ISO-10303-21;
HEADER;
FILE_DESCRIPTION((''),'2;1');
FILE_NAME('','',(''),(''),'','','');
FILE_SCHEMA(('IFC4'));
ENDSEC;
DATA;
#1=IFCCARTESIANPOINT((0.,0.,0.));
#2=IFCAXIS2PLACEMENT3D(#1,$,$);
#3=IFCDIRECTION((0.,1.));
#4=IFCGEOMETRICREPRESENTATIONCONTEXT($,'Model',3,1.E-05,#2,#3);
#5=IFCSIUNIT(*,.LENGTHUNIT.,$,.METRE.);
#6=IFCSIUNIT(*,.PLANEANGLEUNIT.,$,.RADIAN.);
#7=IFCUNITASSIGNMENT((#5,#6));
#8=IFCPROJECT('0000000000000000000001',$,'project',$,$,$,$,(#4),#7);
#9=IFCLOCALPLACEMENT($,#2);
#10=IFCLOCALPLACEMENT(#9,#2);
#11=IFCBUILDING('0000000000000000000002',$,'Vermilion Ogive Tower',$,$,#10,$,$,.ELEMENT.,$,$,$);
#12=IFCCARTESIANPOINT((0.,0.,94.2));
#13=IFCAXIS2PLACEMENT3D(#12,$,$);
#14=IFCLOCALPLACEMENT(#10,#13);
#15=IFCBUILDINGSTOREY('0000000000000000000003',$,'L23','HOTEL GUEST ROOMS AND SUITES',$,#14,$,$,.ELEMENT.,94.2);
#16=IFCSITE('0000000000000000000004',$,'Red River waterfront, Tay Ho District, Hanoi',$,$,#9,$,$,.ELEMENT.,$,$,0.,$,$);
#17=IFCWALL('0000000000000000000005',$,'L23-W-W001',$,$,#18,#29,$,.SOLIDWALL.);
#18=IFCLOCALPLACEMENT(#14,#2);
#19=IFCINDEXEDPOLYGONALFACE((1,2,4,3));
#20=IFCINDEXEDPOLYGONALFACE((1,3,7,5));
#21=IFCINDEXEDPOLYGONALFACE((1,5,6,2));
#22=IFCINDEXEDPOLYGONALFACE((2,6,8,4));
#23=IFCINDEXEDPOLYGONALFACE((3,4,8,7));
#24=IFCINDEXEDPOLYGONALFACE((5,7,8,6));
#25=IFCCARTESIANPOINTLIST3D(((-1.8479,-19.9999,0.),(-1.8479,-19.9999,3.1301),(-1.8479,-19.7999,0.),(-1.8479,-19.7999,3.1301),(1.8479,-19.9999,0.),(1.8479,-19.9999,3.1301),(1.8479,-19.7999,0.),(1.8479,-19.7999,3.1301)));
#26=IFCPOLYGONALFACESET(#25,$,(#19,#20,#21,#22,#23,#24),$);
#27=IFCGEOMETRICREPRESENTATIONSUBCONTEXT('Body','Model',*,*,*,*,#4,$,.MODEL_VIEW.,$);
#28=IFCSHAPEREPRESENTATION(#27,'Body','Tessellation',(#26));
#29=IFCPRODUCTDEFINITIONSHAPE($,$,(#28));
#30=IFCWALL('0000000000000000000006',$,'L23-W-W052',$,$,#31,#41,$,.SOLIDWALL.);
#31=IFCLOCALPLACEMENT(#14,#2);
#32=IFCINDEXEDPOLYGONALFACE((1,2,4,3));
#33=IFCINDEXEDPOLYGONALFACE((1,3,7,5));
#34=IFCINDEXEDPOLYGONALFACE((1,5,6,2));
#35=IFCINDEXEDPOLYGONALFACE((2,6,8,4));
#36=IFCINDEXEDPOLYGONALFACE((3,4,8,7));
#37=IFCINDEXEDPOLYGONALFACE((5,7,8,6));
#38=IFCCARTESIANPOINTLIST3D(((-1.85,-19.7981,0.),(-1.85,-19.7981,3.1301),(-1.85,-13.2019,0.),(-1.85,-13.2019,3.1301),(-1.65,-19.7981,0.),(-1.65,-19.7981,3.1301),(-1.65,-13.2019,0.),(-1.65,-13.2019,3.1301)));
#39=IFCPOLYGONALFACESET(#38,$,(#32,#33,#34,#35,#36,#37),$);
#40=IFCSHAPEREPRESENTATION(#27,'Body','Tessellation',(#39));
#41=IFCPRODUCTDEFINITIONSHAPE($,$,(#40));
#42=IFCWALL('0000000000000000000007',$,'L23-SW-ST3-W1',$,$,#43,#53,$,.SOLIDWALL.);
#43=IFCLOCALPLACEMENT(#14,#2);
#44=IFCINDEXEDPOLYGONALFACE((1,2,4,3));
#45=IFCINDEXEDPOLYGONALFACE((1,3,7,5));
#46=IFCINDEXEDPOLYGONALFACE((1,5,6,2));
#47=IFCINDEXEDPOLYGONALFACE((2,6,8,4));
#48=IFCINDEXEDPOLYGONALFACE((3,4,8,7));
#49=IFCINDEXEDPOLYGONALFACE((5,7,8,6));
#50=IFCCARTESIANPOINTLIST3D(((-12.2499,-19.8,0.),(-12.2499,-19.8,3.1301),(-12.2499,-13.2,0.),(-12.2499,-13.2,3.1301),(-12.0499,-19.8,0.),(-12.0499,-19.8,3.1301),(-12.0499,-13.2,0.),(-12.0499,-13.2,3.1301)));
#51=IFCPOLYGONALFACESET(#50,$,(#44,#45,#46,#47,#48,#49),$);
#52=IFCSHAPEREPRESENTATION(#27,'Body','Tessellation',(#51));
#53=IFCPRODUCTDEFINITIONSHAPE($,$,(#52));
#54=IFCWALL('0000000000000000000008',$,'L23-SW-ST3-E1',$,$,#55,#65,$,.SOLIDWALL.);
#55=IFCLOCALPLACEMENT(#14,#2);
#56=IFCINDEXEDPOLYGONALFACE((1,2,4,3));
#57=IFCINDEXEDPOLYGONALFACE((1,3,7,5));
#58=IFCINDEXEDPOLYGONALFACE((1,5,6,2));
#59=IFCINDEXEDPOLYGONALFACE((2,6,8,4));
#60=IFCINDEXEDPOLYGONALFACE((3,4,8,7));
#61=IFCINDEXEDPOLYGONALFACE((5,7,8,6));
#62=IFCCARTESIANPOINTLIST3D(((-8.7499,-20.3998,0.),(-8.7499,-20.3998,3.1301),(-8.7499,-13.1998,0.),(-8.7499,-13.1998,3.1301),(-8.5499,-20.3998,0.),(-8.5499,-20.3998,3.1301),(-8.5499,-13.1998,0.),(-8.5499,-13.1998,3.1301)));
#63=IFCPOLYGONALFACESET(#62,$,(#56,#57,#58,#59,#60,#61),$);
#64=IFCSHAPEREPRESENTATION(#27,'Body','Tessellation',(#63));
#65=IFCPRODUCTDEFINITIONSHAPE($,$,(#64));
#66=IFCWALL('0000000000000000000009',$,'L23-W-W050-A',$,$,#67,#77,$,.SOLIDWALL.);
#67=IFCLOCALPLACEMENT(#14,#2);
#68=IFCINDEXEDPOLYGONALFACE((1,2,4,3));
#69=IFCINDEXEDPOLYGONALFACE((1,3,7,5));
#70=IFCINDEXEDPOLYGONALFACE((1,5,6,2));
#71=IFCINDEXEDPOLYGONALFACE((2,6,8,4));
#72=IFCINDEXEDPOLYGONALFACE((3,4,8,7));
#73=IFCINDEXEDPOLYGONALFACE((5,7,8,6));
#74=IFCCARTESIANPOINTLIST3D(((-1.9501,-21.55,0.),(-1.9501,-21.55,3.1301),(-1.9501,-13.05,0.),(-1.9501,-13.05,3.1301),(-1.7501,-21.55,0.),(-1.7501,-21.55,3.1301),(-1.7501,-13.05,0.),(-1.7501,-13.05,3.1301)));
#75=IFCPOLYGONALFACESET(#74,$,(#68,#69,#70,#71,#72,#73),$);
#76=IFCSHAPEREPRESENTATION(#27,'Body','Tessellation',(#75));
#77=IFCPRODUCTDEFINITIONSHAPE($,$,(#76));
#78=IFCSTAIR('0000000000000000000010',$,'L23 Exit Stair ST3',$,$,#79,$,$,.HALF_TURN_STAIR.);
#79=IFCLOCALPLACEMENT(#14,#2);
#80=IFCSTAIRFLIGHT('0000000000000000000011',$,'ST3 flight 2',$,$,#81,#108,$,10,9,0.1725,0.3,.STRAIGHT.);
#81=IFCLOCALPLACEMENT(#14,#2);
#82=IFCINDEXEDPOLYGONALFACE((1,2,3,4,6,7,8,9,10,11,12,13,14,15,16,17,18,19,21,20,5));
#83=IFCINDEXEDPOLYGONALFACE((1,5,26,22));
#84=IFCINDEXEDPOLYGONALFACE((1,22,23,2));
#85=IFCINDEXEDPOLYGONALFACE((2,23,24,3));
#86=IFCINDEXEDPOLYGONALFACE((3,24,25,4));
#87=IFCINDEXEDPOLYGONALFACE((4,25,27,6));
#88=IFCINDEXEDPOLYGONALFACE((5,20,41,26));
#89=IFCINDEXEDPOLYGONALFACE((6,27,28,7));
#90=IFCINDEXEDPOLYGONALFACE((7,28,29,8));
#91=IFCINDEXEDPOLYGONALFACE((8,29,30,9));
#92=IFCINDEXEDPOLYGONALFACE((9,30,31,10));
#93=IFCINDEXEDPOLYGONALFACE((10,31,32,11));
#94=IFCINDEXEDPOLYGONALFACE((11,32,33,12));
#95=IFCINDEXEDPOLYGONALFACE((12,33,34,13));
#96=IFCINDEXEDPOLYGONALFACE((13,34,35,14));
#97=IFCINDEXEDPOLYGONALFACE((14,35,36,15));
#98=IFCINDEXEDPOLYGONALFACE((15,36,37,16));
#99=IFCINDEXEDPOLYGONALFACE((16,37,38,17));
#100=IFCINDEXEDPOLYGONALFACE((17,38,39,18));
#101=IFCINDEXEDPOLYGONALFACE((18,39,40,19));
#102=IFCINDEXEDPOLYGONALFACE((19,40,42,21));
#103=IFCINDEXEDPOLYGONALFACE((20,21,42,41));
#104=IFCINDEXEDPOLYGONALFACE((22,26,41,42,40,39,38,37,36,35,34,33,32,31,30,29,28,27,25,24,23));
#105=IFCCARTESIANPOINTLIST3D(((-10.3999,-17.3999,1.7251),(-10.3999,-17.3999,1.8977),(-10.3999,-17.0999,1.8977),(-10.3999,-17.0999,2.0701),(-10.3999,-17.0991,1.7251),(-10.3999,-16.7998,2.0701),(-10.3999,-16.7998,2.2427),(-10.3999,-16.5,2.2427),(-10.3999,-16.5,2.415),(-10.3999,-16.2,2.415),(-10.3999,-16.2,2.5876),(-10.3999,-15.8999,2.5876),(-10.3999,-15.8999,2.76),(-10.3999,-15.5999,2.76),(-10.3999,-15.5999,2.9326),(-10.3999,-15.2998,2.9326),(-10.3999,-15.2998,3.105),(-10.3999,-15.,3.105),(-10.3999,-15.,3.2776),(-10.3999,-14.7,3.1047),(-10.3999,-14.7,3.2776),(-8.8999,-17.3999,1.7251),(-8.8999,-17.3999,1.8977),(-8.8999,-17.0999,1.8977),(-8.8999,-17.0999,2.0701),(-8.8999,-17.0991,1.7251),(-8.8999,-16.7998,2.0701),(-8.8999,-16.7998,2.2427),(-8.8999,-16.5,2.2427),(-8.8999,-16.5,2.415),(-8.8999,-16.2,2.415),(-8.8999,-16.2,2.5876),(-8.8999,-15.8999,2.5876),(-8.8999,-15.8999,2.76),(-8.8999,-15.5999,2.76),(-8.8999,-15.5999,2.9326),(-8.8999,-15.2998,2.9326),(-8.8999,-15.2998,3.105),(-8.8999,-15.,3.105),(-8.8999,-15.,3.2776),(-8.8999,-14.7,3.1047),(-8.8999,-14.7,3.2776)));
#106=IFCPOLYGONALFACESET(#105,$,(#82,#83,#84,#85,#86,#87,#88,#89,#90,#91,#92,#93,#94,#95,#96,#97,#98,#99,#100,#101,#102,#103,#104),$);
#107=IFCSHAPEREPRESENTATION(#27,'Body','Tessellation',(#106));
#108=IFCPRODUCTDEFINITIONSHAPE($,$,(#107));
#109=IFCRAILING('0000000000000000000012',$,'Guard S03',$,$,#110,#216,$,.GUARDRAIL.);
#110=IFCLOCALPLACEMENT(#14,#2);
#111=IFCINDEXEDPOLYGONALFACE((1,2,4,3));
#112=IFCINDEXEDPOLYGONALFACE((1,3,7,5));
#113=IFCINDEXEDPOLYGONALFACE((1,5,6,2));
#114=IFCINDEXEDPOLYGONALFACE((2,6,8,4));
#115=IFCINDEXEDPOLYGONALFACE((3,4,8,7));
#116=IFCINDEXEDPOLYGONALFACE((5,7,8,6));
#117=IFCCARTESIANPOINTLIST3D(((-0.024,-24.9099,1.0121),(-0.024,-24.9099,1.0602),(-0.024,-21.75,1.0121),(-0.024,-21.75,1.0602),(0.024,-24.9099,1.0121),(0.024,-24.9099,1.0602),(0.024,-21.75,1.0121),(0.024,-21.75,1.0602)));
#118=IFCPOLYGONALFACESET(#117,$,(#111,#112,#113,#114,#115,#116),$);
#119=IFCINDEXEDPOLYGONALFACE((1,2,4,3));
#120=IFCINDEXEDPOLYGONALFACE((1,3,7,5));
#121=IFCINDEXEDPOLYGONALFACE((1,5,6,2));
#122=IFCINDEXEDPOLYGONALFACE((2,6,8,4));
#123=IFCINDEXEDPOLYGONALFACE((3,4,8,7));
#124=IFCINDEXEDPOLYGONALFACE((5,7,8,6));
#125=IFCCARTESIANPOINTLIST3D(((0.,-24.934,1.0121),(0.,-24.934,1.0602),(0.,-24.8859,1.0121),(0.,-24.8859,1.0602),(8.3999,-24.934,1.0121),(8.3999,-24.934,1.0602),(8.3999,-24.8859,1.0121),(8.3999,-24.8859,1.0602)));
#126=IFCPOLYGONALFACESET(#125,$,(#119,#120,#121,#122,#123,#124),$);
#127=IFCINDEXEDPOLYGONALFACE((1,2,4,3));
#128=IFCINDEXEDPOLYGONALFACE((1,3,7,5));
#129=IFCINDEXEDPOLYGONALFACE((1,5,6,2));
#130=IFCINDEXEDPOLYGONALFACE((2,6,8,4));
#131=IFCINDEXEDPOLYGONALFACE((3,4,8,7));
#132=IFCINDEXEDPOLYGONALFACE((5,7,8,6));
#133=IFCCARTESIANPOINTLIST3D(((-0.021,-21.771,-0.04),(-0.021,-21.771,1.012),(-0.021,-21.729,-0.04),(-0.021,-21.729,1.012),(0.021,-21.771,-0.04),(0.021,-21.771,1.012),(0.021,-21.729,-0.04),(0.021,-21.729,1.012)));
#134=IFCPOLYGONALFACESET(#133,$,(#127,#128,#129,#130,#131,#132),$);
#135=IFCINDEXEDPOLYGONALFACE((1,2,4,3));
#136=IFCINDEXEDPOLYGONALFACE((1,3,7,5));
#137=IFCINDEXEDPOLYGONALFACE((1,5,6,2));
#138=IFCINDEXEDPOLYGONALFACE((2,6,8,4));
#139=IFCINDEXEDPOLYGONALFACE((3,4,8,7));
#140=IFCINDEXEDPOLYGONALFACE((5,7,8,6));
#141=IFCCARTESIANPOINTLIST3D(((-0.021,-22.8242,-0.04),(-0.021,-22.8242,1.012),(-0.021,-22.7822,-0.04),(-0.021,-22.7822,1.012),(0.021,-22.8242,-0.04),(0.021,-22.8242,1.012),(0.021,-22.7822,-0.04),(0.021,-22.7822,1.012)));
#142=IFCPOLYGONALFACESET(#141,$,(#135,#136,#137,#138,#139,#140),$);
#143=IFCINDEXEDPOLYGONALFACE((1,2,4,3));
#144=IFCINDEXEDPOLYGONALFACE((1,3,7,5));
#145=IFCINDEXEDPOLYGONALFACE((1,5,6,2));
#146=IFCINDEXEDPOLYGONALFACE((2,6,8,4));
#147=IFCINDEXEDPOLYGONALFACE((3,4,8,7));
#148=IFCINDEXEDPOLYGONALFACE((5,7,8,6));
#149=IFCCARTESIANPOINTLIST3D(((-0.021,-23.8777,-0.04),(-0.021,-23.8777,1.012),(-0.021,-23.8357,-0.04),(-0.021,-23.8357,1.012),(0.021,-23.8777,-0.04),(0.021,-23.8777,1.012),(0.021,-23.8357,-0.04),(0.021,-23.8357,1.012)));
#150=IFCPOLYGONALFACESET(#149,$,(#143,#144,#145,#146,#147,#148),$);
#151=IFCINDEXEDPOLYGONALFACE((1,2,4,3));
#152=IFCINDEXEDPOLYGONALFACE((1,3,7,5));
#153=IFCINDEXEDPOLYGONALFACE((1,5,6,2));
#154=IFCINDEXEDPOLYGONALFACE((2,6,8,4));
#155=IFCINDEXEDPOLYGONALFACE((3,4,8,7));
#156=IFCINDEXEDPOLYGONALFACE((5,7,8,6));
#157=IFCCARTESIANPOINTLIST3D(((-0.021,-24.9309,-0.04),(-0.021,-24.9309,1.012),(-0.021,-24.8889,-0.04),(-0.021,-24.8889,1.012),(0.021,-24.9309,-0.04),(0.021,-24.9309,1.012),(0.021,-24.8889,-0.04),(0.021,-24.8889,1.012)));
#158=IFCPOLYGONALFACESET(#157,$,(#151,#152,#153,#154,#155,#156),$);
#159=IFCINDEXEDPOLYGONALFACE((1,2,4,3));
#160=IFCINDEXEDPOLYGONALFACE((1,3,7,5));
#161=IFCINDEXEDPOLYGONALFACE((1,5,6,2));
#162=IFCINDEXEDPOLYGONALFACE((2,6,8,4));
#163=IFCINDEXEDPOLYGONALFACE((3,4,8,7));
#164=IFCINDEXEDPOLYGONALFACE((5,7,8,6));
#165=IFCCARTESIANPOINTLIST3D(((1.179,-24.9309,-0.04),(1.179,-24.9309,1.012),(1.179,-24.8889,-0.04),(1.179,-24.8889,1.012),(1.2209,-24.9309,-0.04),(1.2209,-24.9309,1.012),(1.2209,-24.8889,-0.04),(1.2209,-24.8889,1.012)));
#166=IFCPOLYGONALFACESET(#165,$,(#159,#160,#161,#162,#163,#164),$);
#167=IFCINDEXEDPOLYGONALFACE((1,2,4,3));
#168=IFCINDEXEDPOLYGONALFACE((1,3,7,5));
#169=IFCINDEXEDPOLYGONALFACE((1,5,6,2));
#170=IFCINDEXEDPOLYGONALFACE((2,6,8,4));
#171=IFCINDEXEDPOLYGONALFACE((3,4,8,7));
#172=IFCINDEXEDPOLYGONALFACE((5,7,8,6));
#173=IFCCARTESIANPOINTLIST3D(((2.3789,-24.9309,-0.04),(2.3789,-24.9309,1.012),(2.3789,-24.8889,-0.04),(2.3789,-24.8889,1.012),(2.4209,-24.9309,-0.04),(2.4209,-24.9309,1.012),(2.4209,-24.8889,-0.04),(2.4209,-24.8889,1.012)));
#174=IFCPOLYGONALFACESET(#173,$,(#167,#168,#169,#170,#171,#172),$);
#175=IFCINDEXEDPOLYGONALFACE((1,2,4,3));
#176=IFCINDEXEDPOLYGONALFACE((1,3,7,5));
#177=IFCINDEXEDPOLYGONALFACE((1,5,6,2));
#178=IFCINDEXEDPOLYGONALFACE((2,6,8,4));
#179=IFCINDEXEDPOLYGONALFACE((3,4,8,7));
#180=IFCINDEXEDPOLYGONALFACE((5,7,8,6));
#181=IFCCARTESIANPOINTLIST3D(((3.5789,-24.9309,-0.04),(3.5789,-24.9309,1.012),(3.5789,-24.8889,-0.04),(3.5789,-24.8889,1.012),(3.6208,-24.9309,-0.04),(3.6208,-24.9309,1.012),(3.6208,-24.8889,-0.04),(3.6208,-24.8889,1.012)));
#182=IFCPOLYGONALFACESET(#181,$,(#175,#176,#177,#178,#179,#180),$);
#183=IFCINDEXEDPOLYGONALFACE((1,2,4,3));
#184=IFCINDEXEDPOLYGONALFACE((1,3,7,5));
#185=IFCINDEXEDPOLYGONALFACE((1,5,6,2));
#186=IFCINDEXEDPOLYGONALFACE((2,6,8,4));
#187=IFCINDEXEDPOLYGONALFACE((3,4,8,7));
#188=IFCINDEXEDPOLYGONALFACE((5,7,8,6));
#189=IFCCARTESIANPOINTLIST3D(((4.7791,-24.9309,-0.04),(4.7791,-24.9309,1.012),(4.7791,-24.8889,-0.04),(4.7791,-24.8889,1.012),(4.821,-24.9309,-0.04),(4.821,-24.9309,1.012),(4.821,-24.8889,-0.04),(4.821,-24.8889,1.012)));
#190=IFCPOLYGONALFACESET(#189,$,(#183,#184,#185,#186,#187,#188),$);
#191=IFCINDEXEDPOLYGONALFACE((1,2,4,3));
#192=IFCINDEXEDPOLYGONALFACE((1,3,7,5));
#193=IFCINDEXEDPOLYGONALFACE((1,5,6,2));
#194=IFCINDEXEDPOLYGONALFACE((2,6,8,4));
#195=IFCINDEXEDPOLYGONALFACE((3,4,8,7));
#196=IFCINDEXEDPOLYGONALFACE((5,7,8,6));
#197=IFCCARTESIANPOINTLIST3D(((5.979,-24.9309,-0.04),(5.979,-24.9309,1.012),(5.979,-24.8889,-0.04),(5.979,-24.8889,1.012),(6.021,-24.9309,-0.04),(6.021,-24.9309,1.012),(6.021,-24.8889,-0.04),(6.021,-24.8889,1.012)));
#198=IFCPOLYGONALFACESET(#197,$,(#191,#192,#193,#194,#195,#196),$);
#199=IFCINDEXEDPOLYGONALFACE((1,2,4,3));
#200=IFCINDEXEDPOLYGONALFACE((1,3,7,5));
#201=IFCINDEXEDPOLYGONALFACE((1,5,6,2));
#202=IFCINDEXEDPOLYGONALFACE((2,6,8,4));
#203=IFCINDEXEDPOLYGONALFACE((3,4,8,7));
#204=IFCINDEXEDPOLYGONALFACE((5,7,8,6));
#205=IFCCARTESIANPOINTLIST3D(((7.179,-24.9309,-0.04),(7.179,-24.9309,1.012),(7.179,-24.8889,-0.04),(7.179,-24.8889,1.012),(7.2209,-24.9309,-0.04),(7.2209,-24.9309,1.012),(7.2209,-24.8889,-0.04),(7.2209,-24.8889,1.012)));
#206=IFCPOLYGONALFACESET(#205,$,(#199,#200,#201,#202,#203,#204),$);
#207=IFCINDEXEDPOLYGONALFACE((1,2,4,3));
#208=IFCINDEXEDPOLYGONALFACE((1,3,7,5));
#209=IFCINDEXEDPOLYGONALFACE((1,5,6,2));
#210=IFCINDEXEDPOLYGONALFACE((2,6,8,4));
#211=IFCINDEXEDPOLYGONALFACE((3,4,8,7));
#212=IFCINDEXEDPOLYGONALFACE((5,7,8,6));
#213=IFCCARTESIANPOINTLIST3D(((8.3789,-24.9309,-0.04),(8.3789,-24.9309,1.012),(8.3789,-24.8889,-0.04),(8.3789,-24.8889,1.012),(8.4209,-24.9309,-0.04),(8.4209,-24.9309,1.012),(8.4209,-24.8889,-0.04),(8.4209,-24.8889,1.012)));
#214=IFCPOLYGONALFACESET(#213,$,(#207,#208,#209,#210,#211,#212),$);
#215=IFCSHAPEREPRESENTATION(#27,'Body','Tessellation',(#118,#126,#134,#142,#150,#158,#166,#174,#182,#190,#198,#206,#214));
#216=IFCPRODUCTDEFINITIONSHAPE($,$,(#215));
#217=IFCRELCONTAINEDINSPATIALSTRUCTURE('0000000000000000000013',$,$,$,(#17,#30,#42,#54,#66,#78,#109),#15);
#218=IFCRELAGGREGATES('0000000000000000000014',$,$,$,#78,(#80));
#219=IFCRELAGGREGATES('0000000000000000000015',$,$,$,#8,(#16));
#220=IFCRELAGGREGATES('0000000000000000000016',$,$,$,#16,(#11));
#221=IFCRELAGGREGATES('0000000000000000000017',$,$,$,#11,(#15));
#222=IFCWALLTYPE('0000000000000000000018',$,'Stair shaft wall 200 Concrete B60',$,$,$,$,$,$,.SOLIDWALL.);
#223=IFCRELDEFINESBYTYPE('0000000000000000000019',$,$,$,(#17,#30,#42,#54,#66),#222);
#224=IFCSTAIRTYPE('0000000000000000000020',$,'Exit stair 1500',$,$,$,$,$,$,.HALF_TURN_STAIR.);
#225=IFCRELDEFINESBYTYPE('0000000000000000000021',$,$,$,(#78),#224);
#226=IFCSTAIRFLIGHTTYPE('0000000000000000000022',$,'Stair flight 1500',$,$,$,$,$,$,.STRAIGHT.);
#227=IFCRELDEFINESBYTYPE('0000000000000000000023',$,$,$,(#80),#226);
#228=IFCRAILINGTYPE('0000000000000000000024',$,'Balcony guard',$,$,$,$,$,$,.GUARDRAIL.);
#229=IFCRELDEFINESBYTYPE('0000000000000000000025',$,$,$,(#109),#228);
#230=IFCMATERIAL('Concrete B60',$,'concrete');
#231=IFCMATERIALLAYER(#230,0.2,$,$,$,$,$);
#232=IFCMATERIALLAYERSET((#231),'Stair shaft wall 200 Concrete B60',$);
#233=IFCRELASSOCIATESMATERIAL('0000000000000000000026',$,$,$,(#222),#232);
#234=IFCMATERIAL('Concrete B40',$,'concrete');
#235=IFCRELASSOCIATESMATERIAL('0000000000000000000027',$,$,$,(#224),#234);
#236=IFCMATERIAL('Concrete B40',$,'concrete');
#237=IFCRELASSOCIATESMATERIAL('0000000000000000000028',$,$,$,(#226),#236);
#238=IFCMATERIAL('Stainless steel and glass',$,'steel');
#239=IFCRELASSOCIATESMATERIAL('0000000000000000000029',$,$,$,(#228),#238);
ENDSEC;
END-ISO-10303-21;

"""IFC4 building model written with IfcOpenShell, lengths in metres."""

from ifc_helpers import new_model, si_unit, direction, frame, frame_2d, origin, origin_2d, place, context, subcontext, project, spatial, polyline, rectangle, outline, extrude, material, layer, layer_set, type_object, element, aggregate, save


model = new_model("IFC4")

# Units and contexts
model_context = context("Model", 3, precision=1e-05, world=origin(), true_north=direction((0.0, 1.0)))
body_context = subcontext(model_context, "Body", "Model", "MODEL_VIEW")
ifc_project = project(units=[si_unit("LENGTHUNIT", "METRE"), si_unit("PLANEANGLEUNIT", "RADIAN")], contexts=[model_context])

# Site, building, storey
site_placement = place(None, origin())
site = spatial("IfcSite", under=ifc_project, at=site_placement, Name="Red River waterfront, Tay Ho District, Hanoi", CompositionType="ELEMENT", RefElevation=0.0)
building_placement = place(site_placement, origin())
building = spatial("IfcBuilding", under=site, at=building_placement, Name="Vermilion Ogive Tower", CompositionType="ELEMENT")
storey_placement = place(building_placement, frame((0.0, 0.0, 94.2)))
storey = spatial("IfcBuildingStorey", under=building, at=storey_placement, Name="L23", Description="HOTEL GUEST ROOMS AND SUITES", CompositionType="ELEMENT", Elevation=94.2)

# Walls
ifc_material_1 = material(Name="Concrete B60", Category="concrete")
ifc_layer_1 = layer(ifc_material_1, 0.2)
ifc_layer_set_1 = layer_set([ifc_layer_1], Name="Stair shaft wall 200 Concrete B60")
wall_type = type_object("IfcWallType", Name="Stair shaft wall 200 Concrete B60", PredefinedType="SOLIDWALL", material=ifc_layer_set_1)
wall_1_placement = place(storey_placement, frame((-1.8479, -19.8999, 0.0), z_axis=(0.0, 0.0, 1.0), x_axis=(1.0, 0.0, 0.0)))
element("IfcWall", 1, at=wall_1_placement, inside=storey, type_object=wall_type, Name="L23-W-W001", PredefinedType="SOLIDWALL", context=body_context, shape_type="SweptSolid", body=[
    extrude(rectangle(XDim=3.6958, YDim=0.2, at=frame_2d((1.8479, 0.0))), origin(), (0.0, 0.0, 1.0), 3.1301),
])
wall_2_placement = place(storey_placement, frame((-1.75, -19.7981, 0.0), z_axis=(0.0, 0.0, 1.0), x_axis=(0.0, 1.0, 0.0)))
element("IfcWall", 2, at=wall_2_placement, inside=storey, type_object=wall_type, Name="L23-W-W052", PredefinedType="SOLIDWALL", context=body_context, shape_type="SweptSolid", body=[
    extrude(rectangle(XDim=6.5962, YDim=0.2, at=frame_2d((3.2981, 0.0))), origin(), (0.0, 0.0, 1.0), 3.1301),
])
wall_3_placement = place(storey_placement, frame((-12.1499, -19.8, 0.0), z_axis=(0.0, 0.0, 1.0), x_axis=(0.0, 1.0, 0.0)))
element("IfcWall", 3, at=wall_3_placement, inside=storey, type_object=wall_type, Name="L23-SW-ST3-W1", PredefinedType="SOLIDWALL", context=body_context, shape_type="SweptSolid", body=[
    extrude(rectangle(XDim=6.6001, YDim=0.2, at=frame_2d((3.3, 0.0))), origin(), (0.0, 0.0, 1.0), 3.1301),
])
wall_4_placement = place(storey_placement, frame((-8.6499, -20.3999, 0.0), z_axis=(0.0, 0.0, 1.0), x_axis=(0.0, 1.0, 0.0)))
element("IfcWall", 4, at=wall_4_placement, inside=storey, type_object=wall_type, Name="L23-SW-ST3-E1", PredefinedType="SOLIDWALL", context=body_context, shape_type="SweptSolid", body=[
    extrude(rectangle(XDim=7.2, YDim=0.2, at=frame_2d((3.6001, 0.0))), origin(), (0.0, 0.0, 1.0), 3.1301),
])
wall_5_placement = place(storey_placement, frame((-1.8501, -21.55, 0.0), z_axis=(0.0, 0.0, 1.0), x_axis=(0.0, 1.0, 0.0)))
element("IfcWall", 5, at=wall_5_placement, inside=storey, type_object=wall_type, Name="L23-W-W050-A", PredefinedType="SOLIDWALL", context=body_context, shape_type="SweptSolid", body=[
    extrude(rectangle(XDim=8.5, YDim=0.2, at=frame_2d((4.25, 0.0))), origin(), (0.0, 0.0, 1.0), 3.1301),
])

# Stair, stair flight
ifc_material_2 = material(Name="Concrete B40", Category="concrete")
stair_type = type_object("IfcStairType", Name="Exit stair 1500", PredefinedType="HALF_TURN_STAIR", material=ifc_material_2)
stair_placement = place(storey_placement, origin())
stair = element("IfcStair", 6, at=stair_placement, inside=storey, type_object=stair_type, Name="L23 Exit Stair ST3", PredefinedType="HALF_TURN_STAIR")
ifc_material_3 = material(Name="Concrete B40", Category="concrete")
stair_flight_type = type_object("IfcStairFlightType", Name="Stair flight 1500", PredefinedType="STRAIGHT", material=ifc_material_3)
stair_flight_placement = place(storey_placement, frame((-9.6499, -17.3999, 1.7251), z_axis=(0.0, 0.0, 1.0), x_axis=(0.0, 1.0, 0.0)))
stair_flight = element("IfcStairFlight", 7, at=stair_flight_placement, type_object=stair_flight_type, Name="ST3 flight 2", NumberOfRisers=10, NumberOfTreads=9, PredefinedType="STRAIGHT", RiserHeight=0.1725, TreadLength=0.3, context=body_context, shape_type="SweptSolid", body=[
    extrude(outline(polyline([(0.0, 0.0), (0.0, 0.1726), (0.3, 0.1726), (0.3, 0.345), (0.6001, 0.345), (0.6001, 0.5176), (0.8999, 0.5176), (0.8999, 0.6899), (1.2, 0.6899), (1.2, 0.8625), (1.5, 0.8625), (1.5, 1.0349), (1.8, 1.0349), (1.8, 1.2075), (2.1001, 1.2075), (2.1001, 1.3799), (2.3999, 1.3799), (2.3999, 1.5525), (2.7, 1.5525), (2.7, 1.7251), (2.7, 1.3796), (0.3008, 0.0), (0.0, 0.0)])), frame((0.0, 0.75, 0.0), z_axis=(0.0, -1.0, 0.0), x_axis=(1.0, 0.0, 0.0)), (0.0, 0.0, 1.0), 1.5),
])
aggregate(stair, [stair_flight])

# Railing
ifc_material_4 = material(Name="Stainless steel and glass", Category="steel")
railing_type_1 = type_object("IfcRailingType", Name="Balcony guard", PredefinedType="GUARDRAIL", material=ifc_material_4)
railing_1_placement = place(storey_placement, frame((0.0, -21.75, -0.04)))
element("IfcRailing", 8, at=railing_1_placement, inside=storey, type_object=railing_type_1, Name="Guard S03", PredefinedType="GUARDRAIL", context=body_context, shape_type="SweptSolid", body=[
    extrude(rectangle(XDim=0.0481, YDim=0.0481, at=origin_2d()), frame((0.0, 0.0, 1.0762), z_axis=(0.0, -1.0, 0.0), x_axis=(1.0, 0.0, 0.0)), (0.0, 0.0, 1.0), 3.1599),
    extrude(rectangle(XDim=0.0481, YDim=0.0481, at=origin_2d()), frame((0.0, -3.1599, 1.0762), z_axis=(1.0, 0.0, 0.0), x_axis=(0.0, 1.0, 0.0)), (0.0, 0.0, 1.0), 8.3999),
    extrude(rectangle(XDim=0.042, YDim=0.042, at=origin_2d()), origin(), (0.0, 0.0, 1.0), 1.052),
    extrude(rectangle(XDim=0.042, YDim=0.042, at=origin_2d()), frame((0.0, -1.0532, 0.0)), (0.0, 0.0, 1.0), 1.052),
    extrude(rectangle(XDim=0.042, YDim=0.042, at=origin_2d()), frame((0.0, -2.1067, 0.0)), (0.0, 0.0, 1.0), 1.052),
    extrude(rectangle(XDim=0.042, YDim=0.042, at=origin_2d()), frame((0.0, -3.1599, 0.0)), (0.0, 0.0, 1.0), 1.052),
    extrude(rectangle(XDim=0.042, YDim=0.042, at=origin_2d()), frame((1.2, -3.1599, 0.0)), (0.0, 0.0, 1.0), 1.052),
    extrude(rectangle(XDim=0.042, YDim=0.042, at=origin_2d()), frame((2.3999, -3.1599, 0.0)), (0.0, 0.0, 1.0), 1.052),
    extrude(rectangle(XDim=0.042, YDim=0.042, at=origin_2d()), frame((3.5999, -3.1599, 0.0)), (0.0, 0.0, 1.0), 1.052),
    extrude(rectangle(XDim=0.042, YDim=0.042, at=origin_2d()), frame((4.8, -3.1599, 0.0)), (0.0, 0.0, 1.0), 1.052),
    extrude(rectangle(XDim=0.042, YDim=0.042, at=origin_2d()), frame((6.0, -3.1599, 0.0)), (0.0, 0.0, 1.0), 1.052),
    extrude(rectangle(XDim=0.042, YDim=0.042, at=origin_2d()), frame((7.2, -3.1599, 0.0)), (0.0, 0.0, 1.0), 1.052),
    extrude(rectangle(XDim=0.042, YDim=0.042, at=origin_2d()), frame((8.3999, -3.1599, 0.0)), (0.0, 0.0, 1.0), 1.052),
])

save(model, "model.ifc")
